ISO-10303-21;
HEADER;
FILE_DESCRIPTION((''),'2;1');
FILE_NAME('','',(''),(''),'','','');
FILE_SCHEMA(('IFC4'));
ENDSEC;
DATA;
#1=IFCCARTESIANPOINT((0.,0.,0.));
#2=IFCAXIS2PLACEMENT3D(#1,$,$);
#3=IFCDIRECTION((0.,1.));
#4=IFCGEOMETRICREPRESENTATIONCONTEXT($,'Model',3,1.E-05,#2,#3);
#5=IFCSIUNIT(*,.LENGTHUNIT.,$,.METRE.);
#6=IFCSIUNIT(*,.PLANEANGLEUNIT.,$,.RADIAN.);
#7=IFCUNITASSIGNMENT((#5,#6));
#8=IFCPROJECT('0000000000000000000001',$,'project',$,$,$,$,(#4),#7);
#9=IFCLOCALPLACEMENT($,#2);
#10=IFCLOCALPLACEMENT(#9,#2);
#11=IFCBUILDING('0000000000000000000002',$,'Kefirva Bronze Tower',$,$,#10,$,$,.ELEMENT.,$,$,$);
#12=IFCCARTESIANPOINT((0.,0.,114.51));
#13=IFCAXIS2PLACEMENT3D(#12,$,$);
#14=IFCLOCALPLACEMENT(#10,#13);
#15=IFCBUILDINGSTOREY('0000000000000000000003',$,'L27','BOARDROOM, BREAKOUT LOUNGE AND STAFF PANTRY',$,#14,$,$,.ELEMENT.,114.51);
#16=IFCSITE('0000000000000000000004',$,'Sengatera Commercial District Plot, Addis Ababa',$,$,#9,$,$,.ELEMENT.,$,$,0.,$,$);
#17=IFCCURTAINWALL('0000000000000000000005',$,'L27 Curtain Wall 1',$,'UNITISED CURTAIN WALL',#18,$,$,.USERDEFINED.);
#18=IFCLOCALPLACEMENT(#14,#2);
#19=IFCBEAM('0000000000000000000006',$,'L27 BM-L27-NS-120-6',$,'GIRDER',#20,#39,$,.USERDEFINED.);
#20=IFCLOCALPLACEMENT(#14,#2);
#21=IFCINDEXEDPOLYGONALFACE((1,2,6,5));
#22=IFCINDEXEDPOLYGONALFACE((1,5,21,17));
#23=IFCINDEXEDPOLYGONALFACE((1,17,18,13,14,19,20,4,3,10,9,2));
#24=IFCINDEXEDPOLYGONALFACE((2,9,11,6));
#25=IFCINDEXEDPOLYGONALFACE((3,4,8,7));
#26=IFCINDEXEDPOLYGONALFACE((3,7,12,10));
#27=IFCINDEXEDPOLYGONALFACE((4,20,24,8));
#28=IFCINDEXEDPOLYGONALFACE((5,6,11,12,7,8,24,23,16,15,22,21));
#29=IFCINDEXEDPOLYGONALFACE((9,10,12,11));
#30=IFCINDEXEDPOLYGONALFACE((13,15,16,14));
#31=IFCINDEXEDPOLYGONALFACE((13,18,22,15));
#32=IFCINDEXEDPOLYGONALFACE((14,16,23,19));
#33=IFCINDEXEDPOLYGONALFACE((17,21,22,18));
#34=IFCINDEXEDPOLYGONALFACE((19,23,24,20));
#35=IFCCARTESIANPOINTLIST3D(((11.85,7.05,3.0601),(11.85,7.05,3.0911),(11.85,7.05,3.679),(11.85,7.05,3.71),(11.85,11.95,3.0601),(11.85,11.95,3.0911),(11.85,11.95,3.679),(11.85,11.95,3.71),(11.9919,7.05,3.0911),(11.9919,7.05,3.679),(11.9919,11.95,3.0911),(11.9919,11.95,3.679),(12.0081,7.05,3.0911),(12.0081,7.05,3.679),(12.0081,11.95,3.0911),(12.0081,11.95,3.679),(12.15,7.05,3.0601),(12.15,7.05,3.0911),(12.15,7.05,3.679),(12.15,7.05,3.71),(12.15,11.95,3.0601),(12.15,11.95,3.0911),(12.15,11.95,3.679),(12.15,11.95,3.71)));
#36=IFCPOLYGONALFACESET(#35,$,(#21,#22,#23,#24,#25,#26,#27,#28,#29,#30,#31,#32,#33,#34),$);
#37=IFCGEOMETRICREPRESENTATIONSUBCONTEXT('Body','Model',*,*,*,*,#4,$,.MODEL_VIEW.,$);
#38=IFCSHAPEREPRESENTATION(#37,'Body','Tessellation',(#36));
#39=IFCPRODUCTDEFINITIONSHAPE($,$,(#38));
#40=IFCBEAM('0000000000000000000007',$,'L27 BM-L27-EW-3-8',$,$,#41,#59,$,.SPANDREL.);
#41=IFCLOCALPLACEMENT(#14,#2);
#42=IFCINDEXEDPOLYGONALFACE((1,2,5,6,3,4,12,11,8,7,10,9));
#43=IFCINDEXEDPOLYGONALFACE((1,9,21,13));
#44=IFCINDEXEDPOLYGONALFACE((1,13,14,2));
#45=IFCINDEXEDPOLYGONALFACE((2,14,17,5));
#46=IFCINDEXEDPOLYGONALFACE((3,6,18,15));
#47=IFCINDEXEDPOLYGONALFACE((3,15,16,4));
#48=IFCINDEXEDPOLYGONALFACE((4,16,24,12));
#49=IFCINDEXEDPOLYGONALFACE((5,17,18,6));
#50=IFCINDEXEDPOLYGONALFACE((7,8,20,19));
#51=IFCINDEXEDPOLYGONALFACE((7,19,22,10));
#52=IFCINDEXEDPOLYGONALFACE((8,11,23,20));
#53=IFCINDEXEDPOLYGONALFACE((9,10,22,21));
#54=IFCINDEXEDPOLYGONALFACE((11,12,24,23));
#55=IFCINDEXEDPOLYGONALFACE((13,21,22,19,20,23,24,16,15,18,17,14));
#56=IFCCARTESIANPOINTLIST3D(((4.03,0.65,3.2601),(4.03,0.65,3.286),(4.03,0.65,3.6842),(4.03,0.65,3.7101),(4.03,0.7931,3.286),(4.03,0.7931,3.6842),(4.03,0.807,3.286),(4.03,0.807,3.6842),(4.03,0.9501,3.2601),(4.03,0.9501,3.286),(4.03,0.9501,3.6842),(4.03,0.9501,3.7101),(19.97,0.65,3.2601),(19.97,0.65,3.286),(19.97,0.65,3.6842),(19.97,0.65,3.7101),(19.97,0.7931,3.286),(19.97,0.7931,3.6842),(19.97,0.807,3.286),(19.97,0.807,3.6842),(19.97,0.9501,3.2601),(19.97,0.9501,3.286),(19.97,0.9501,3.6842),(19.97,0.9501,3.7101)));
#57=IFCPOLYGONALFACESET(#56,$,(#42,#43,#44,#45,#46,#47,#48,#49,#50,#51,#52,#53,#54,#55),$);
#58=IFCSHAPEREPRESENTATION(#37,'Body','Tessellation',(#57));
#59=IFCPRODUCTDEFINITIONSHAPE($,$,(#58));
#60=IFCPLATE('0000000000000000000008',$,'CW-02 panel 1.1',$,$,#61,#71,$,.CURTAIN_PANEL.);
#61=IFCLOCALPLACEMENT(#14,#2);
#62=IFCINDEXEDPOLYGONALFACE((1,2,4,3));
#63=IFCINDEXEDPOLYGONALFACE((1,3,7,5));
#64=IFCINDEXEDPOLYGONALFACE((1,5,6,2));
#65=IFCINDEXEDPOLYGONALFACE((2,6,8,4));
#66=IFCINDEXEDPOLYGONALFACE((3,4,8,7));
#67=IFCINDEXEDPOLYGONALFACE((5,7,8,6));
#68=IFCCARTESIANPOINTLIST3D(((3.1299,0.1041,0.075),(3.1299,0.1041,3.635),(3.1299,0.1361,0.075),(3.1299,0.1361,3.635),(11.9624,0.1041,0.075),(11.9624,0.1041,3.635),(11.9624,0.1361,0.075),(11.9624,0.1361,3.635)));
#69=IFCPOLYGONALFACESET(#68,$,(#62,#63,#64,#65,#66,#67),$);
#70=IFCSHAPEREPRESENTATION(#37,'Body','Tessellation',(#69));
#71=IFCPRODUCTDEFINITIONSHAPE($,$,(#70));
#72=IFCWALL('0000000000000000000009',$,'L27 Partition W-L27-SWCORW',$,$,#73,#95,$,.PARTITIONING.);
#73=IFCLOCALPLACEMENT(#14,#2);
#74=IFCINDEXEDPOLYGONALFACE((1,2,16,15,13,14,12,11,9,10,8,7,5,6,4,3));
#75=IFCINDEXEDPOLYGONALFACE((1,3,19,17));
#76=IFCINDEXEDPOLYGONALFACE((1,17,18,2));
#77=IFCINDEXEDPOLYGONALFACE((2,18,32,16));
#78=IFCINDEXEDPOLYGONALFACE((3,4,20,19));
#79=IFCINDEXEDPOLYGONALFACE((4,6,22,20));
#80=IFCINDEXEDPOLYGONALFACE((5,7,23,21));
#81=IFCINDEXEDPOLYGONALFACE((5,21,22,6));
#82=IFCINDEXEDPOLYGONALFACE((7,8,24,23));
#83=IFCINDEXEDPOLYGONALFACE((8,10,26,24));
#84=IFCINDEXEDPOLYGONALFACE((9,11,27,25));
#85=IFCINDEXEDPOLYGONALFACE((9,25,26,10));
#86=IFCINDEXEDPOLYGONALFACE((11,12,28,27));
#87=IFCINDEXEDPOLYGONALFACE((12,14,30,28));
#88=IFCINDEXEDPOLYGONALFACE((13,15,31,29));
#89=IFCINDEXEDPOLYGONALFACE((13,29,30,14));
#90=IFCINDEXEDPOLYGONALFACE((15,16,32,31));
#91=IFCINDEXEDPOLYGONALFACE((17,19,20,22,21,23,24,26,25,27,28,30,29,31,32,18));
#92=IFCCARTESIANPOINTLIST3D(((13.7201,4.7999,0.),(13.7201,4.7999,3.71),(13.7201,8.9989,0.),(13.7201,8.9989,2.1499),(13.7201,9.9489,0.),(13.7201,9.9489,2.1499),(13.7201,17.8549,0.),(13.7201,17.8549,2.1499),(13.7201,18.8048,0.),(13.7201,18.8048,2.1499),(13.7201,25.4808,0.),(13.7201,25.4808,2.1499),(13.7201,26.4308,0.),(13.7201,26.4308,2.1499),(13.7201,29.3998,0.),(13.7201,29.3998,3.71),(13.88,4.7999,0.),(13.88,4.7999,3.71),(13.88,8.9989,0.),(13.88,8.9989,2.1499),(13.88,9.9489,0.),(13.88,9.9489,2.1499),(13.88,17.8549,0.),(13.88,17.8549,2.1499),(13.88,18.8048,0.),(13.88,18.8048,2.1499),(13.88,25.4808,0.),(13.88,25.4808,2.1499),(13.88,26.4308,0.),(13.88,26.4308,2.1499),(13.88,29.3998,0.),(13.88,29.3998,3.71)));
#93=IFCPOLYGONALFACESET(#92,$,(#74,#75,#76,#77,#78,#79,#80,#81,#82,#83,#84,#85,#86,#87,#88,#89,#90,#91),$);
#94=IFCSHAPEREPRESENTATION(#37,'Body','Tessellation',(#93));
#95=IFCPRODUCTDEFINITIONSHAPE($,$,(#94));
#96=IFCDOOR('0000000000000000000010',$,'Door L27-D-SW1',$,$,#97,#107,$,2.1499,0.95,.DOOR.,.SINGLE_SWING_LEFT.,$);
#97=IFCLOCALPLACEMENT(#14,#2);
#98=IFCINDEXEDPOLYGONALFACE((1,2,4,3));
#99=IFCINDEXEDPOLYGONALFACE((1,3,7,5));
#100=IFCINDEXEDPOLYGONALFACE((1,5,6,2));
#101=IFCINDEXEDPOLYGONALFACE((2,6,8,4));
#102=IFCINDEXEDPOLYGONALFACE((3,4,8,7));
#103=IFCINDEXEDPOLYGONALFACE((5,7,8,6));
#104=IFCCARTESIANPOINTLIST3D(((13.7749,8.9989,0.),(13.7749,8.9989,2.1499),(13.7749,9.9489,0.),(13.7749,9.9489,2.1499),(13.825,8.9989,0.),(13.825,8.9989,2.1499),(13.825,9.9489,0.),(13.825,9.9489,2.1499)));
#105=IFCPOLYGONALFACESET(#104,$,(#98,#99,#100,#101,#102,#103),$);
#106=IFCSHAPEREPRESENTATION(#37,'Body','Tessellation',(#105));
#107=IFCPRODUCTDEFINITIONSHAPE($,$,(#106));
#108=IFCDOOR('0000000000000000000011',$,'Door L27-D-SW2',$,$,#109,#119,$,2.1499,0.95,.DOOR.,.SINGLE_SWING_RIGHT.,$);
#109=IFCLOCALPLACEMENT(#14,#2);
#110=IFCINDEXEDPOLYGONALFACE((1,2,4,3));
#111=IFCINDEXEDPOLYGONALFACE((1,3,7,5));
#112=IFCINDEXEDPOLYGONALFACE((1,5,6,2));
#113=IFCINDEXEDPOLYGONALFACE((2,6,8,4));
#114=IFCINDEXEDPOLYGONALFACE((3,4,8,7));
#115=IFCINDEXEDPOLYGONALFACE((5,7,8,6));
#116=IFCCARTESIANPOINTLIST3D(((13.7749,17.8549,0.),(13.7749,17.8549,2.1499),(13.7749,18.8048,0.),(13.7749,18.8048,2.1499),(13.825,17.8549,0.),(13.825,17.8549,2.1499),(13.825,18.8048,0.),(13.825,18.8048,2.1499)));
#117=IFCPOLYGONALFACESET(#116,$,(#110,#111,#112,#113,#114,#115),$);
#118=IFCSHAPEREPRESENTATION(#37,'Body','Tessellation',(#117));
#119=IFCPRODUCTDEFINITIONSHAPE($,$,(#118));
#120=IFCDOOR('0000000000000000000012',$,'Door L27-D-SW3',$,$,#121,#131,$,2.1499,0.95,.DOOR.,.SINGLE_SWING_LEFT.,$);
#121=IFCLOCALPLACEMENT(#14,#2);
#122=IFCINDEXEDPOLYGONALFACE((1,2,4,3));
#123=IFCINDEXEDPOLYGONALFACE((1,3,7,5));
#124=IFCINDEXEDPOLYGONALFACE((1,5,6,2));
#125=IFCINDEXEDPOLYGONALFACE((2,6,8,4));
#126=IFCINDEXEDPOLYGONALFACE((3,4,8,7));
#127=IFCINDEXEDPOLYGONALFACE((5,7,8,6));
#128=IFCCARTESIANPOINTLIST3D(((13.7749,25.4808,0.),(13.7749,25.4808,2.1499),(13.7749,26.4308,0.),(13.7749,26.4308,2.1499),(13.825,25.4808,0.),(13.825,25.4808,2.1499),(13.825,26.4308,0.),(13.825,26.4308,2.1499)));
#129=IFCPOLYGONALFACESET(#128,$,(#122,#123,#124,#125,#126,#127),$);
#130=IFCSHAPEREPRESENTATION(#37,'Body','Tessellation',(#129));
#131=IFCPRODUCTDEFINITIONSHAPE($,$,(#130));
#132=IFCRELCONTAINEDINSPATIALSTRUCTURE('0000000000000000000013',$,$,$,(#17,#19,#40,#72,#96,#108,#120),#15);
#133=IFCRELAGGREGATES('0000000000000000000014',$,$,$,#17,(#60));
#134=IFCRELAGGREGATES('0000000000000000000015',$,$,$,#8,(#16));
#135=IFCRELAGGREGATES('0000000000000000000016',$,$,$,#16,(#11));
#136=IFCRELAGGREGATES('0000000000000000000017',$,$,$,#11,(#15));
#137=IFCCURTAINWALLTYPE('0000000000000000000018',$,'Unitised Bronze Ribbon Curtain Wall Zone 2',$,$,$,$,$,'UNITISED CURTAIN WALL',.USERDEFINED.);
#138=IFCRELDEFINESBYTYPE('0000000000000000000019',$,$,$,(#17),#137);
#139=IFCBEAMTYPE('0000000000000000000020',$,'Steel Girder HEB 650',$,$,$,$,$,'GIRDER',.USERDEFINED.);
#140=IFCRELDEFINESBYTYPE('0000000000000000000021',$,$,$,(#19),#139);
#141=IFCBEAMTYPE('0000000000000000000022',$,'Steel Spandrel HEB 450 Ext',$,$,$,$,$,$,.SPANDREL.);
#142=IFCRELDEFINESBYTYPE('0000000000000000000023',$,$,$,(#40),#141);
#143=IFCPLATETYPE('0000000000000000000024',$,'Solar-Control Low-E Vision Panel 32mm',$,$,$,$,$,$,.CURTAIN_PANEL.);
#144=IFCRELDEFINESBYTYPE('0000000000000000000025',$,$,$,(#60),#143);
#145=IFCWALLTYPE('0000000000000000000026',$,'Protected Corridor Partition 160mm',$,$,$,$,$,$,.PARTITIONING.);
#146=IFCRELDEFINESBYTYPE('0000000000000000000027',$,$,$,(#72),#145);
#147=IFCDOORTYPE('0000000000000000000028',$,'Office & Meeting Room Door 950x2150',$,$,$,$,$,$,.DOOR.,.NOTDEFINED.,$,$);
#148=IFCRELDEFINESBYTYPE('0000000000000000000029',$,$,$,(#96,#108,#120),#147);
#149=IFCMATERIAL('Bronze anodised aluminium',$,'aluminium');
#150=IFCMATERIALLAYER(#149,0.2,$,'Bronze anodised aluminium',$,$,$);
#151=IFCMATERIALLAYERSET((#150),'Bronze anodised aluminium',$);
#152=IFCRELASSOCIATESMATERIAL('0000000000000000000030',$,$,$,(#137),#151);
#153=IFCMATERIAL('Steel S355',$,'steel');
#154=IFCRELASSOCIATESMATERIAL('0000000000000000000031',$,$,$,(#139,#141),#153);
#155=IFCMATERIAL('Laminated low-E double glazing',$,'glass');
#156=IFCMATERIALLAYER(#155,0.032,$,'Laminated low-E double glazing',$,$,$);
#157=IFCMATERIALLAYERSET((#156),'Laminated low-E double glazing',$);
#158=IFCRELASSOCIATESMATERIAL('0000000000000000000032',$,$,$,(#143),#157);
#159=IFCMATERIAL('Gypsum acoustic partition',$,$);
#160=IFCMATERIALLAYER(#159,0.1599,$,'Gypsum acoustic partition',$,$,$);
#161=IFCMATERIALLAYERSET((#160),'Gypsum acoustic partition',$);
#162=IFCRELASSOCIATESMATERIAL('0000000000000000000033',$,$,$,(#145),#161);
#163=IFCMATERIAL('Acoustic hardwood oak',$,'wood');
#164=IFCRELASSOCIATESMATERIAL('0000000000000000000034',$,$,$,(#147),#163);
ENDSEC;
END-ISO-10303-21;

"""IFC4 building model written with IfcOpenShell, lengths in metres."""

from ifc_helpers import new_model, si_unit, direction, frame, frame_2d, origin, origin_2d, place, context, subcontext, project, spatial, rectangle, i_section, extrude, material, layer, layer_set, material_profile, profile_set, type_object, element, fill, aggregate, save


model = new_model("IFC4")

# Units and contexts
model_context = context("Model", 3, precision=1e-05, world=origin(), true_north=direction((0.0, 1.0)))
body_context = subcontext(model_context, "Body", "Model", "MODEL_VIEW")
ifc_project = project(units=[si_unit("LENGTHUNIT", "METRE"), si_unit("PLANEANGLEUNIT", "RADIAN")], contexts=[model_context])

# Site, building, storey
site_placement = place(None, origin())
site = spatial("IfcSite", under=ifc_project, at=site_placement, Name="Sengatera Commercial District Plot, Addis Ababa", CompositionType="ELEMENT", RefElevation=0.0)
building_placement = place(site_placement, origin())
building = spatial("IfcBuilding", under=site, at=building_placement, Name="Kefirva Bronze Tower", CompositionType="ELEMENT")
storey_placement = place(building_placement, frame((0.0, 0.0, 114.51)))
storey = spatial("IfcBuildingStorey", under=building, at=storey_placement, Name="L27", Description="BOARDROOM, BREAKOUT LOUNGE AND STAFF PANTRY", CompositionType="ELEMENT", Elevation=114.51)

# Curtain wall
ifc_material_1 = material(Name="Bronze anodised aluminium", Category="aluminium")
ifc_layer_1 = layer(ifc_material_1, 0.2, Name="Bronze anodised aluminium")
ifc_layer_set_1 = layer_set([ifc_layer_1], Name="Bronze anodised aluminium")
curtain_wall_type = type_object("IfcCurtainWallType", Name="Unitised Bronze Ribbon Curtain Wall Zone 2", ElementType="UNITISED CURTAIN WALL", PredefinedType="USERDEFINED", material=ifc_layer_set_1)
curtain_wall_placement = place(storey_placement, origin())
curtain_wall = element("IfcCurtainWall", 1, at=curtain_wall_placement, inside=storey, type_object=curtain_wall_type, Name="L27 Curtain Wall 1", ObjectType="UNITISED CURTAIN WALL", PredefinedType="USERDEFINED")

# Beams
ifc_material_2 = material(Name="Steel S355", Category="steel")
ifc_material_profile_1 = material_profile(ifc_material_2, i_section(OverallWidth=0.3, OverallDepth=0.6499, WebThickness=0.0161, FlangeThickness=0.031, at=origin_2d()), Name="HEB 650")
ifc_profile_set_1 = profile_set([ifc_material_profile_1], Name="Steel S355")
beam_type_1 = type_object("IfcBeamType", Name="Steel Girder HEB 650", ElementType="GIRDER", PredefinedType="USERDEFINED", material=ifc_profile_set_1)
beam_1_placement = place(storey_placement, frame((12.0, 7.05, 3.385), z_axis=(0.0, 1.0, 0.0), x_axis=(-1.0, 0.0, 0.0)))
element("IfcBeam", 2, at=beam_1_placement, inside=storey, type_object=beam_type_1, Name="L27 BM-L27-NS-120-6", ObjectType="GIRDER", PredefinedType="USERDEFINED", context=body_context, shape_type="SweptSolid", body=[
    extrude(i_section(OverallWidth=0.3, OverallDepth=0.6499, WebThickness=0.0161, FlangeThickness=0.031, at=origin_2d()), origin(), (0.0, 0.0, 1.0), 4.8999),
])
ifc_material_profile_2 = material_profile(ifc_material_2, i_section(OverallWidth=0.3, OverallDepth=0.45, WebThickness=0.0139, FlangeThickness=0.0259, at=origin_2d()), Name="HEB 450")
ifc_profile_set_2 = profile_set([ifc_material_profile_2], Name="Steel S355")
beam_type_2 = type_object("IfcBeamType", Name="Steel Spandrel HEB 450 Ext", PredefinedType="SPANDREL", material=ifc_profile_set_2)
beam_2_placement = place(storey_placement, frame((4.03, 0.8, 3.4851), z_axis=(1.0, 0.0, 0.0), x_axis=(0.0, 1.0, 0.0)))
element("IfcBeam", 3, at=beam_2_placement, inside=storey, type_object=beam_type_2, Name="L27 BM-L27-EW-3-8", PredefinedType="SPANDREL", context=body_context, shape_type="SweptSolid", body=[
    extrude(i_section(OverallWidth=0.3, OverallDepth=0.45, WebThickness=0.0139, FlangeThickness=0.0259, at=origin_2d()), origin(), (0.0, 0.0, 1.0), 15.9399),
])

# Plate
ifc_material_3 = material(Name="Laminated low-E double glazing", Category="glass")
ifc_layer_2 = layer(ifc_material_3, 0.032, Name="Laminated low-E double glazing")
ifc_layer_set_2 = layer_set([ifc_layer_2], Name="Laminated low-E double glazing")
plate_type = type_object("IfcPlateType", Name="Solar-Control Low-E Vision Panel 32mm", PredefinedType="CURTAIN_PANEL", material=ifc_layer_set_2)
plate_placement = place(storey_placement, frame((7.5461, 0.1201, 0.075), z_axis=(0.0, 0.0, 1.0), x_axis=(1.0, 0.0, 0.0)))
plate = element("IfcPlate", 4, at=plate_placement, type_object=plate_type, Name="CW-02 panel 1.1", PredefinedType="CURTAIN_PANEL", context=body_context, shape_type="SweptSolid", body=[
    extrude(rectangle(XDim=8.8325, YDim=0.032, at=origin_2d()), origin(), (0.0, 0.0, 1.0), 3.5601),
])
aggregate(curtain_wall, [plate])

# Wall, openings, doors
ifc_material_4 = material(Name="Gypsum acoustic partition")
ifc_layer_3 = layer(ifc_material_4, 0.1599, Name="Gypsum acoustic partition")
ifc_layer_set_3 = layer_set([ifc_layer_3], Name="Gypsum acoustic partition")
wall_type = type_object("IfcWallType", Name="Protected Corridor Partition 160mm", PredefinedType="PARTITIONING", material=ifc_layer_set_3)
wall_1_placement = place(storey_placement, frame((13.8, 4.8, 0.0), z_axis=(0.0, 0.0, 1.0), x_axis=(0.0, 1.0, 0.0)))
wall_1 = element("IfcWall", 5, at=wall_1_placement, inside=storey, type_object=wall_type, Name="L27 Partition W-L27-SWCORW", PredefinedType="PARTITIONING", context=body_context, shape_type="SweptSolid", body=[
    extrude(rectangle(XDim=24.5999, YDim=0.1599, at=frame_2d((12.2998, 0.0))), origin(), (0.0, 0.0, 1.0), 3.71),
])
opening_1_placement = place(wall_1_placement, frame((5.1489, 0.0, 0.0), z_axis=(0.0, 0.0, 1.0), x_axis=(-1.0, 0.0, 0.0)))
opening_1 = element("IfcOpeningElement", 6, at=opening_1_placement, cuts=wall_1, PredefinedType="OPENING", context=body_context, shape_type="SweptSolid", body=[
    extrude(rectangle(XDim=0.95, YDim=2.1499, at=frame_2d((0.4751, 1.075))), frame((0.0, 0.0898, 0.0), z_axis=(0.0, -1.0, 0.0), x_axis=(1.0, 0.0, 0.0)), (0.0, 0.0, 1.0), 0.1799),
])
opening_2_placement = place(wall_1_placement, frame((14.0049, 0.0, 0.0), z_axis=(0.0, 0.0, 1.0), x_axis=(-1.0, 0.0, 0.0)))
opening_2 = element("IfcOpeningElement", 7, at=opening_2_placement, cuts=wall_1, PredefinedType="OPENING", context=body_context, shape_type="SweptSolid", body=[
    extrude(rectangle(XDim=0.95, YDim=2.1499, at=frame_2d((0.4751, 1.075))), frame((0.0, 0.0898, 0.0), z_axis=(0.0, -1.0, 0.0), x_axis=(1.0, 0.0, 0.0)), (0.0, 0.0, 1.0), 0.1799),
])
opening_3_placement = place(wall_1_placement, frame((21.6309, 0.0, 0.0), z_axis=(0.0, 0.0, 1.0), x_axis=(-1.0, 0.0, 0.0)))
opening_3 = element("IfcOpeningElement", 8, at=opening_3_placement, cuts=wall_1, PredefinedType="OPENING", context=body_context, shape_type="SweptSolid", body=[
    extrude(rectangle(XDim=0.95, YDim=2.1499, at=frame_2d((0.4751, 1.075))), frame((0.0, 0.0898, 0.0), z_axis=(0.0, -1.0, 0.0), x_axis=(1.0, 0.0, 0.0)), (0.0, 0.0, 1.0), 0.1799),
])
ifc_material_5 = material(Name="Acoustic hardwood oak", Category="wood")
door_type = type_object("IfcDoorType", Name="Office & Meeting Room Door 950x2150", OperationType="NOTDEFINED", PredefinedType="DOOR", material=ifc_material_5)
door_1_placement = place(opening_1_placement, origin())
door_1 = element("IfcDoor", 9, at=door_1_placement, inside=storey, type_object=door_type, Name="Door L27-D-SW1", OperationType="SINGLE_SWING_LEFT", OverallHeight=2.1499, OverallWidth=0.95, PredefinedType="DOOR", context=body_context, shape_type="SweptSolid", body=[
    extrude(rectangle(XDim=0.95, YDim=2.1499, at=frame_2d((0.4751, 1.075))), frame((0.0, 0.0249, 0.0), z_axis=(0.0, -1.0, 0.0), x_axis=(1.0, 0.0, 0.0)), (0.0, 0.0, 1.0), 0.05),
])
fill(opening_1, door_1)
door_2_placement = place(opening_2_placement, origin())
door_2 = element("IfcDoor", 10, at=door_2_placement, inside=storey, type_object=door_type, Name="Door L27-D-SW2", OperationType="SINGLE_SWING_RIGHT", OverallHeight=2.1499, OverallWidth=0.95, PredefinedType="DOOR", context=body_context, shape_type="SweptSolid", body=[
    extrude(rectangle(XDim=0.95, YDim=2.1499, at=frame_2d((0.4751, 1.075))), frame((0.0, 0.0249, 0.0), z_axis=(0.0, -1.0, 0.0), x_axis=(1.0, 0.0, 0.0)), (0.0, 0.0, 1.0), 0.05),
])
fill(opening_2, door_2)
door_3_placement = place(opening_3_placement, origin())
door_3 = element("IfcDoor", 11, at=door_3_placement, inside=storey, type_object=door_type, Name="Door L27-D-SW3", OperationType="SINGLE_SWING_LEFT", OverallHeight=2.1499, OverallWidth=0.95, PredefinedType="DOOR", context=body_context, shape_type="SweptSolid", body=[
    extrude(rectangle(XDim=0.95, YDim=2.1499, at=frame_2d((0.4751, 1.075))), frame((0.0, 0.0249, 0.0), z_axis=(0.0, -1.0, 0.0), x_axis=(1.0, 0.0, 0.0)), (0.0, 0.0, 1.0), 0.05),
])
fill(opening_3, door_3)

save(model, "model.ifc")
